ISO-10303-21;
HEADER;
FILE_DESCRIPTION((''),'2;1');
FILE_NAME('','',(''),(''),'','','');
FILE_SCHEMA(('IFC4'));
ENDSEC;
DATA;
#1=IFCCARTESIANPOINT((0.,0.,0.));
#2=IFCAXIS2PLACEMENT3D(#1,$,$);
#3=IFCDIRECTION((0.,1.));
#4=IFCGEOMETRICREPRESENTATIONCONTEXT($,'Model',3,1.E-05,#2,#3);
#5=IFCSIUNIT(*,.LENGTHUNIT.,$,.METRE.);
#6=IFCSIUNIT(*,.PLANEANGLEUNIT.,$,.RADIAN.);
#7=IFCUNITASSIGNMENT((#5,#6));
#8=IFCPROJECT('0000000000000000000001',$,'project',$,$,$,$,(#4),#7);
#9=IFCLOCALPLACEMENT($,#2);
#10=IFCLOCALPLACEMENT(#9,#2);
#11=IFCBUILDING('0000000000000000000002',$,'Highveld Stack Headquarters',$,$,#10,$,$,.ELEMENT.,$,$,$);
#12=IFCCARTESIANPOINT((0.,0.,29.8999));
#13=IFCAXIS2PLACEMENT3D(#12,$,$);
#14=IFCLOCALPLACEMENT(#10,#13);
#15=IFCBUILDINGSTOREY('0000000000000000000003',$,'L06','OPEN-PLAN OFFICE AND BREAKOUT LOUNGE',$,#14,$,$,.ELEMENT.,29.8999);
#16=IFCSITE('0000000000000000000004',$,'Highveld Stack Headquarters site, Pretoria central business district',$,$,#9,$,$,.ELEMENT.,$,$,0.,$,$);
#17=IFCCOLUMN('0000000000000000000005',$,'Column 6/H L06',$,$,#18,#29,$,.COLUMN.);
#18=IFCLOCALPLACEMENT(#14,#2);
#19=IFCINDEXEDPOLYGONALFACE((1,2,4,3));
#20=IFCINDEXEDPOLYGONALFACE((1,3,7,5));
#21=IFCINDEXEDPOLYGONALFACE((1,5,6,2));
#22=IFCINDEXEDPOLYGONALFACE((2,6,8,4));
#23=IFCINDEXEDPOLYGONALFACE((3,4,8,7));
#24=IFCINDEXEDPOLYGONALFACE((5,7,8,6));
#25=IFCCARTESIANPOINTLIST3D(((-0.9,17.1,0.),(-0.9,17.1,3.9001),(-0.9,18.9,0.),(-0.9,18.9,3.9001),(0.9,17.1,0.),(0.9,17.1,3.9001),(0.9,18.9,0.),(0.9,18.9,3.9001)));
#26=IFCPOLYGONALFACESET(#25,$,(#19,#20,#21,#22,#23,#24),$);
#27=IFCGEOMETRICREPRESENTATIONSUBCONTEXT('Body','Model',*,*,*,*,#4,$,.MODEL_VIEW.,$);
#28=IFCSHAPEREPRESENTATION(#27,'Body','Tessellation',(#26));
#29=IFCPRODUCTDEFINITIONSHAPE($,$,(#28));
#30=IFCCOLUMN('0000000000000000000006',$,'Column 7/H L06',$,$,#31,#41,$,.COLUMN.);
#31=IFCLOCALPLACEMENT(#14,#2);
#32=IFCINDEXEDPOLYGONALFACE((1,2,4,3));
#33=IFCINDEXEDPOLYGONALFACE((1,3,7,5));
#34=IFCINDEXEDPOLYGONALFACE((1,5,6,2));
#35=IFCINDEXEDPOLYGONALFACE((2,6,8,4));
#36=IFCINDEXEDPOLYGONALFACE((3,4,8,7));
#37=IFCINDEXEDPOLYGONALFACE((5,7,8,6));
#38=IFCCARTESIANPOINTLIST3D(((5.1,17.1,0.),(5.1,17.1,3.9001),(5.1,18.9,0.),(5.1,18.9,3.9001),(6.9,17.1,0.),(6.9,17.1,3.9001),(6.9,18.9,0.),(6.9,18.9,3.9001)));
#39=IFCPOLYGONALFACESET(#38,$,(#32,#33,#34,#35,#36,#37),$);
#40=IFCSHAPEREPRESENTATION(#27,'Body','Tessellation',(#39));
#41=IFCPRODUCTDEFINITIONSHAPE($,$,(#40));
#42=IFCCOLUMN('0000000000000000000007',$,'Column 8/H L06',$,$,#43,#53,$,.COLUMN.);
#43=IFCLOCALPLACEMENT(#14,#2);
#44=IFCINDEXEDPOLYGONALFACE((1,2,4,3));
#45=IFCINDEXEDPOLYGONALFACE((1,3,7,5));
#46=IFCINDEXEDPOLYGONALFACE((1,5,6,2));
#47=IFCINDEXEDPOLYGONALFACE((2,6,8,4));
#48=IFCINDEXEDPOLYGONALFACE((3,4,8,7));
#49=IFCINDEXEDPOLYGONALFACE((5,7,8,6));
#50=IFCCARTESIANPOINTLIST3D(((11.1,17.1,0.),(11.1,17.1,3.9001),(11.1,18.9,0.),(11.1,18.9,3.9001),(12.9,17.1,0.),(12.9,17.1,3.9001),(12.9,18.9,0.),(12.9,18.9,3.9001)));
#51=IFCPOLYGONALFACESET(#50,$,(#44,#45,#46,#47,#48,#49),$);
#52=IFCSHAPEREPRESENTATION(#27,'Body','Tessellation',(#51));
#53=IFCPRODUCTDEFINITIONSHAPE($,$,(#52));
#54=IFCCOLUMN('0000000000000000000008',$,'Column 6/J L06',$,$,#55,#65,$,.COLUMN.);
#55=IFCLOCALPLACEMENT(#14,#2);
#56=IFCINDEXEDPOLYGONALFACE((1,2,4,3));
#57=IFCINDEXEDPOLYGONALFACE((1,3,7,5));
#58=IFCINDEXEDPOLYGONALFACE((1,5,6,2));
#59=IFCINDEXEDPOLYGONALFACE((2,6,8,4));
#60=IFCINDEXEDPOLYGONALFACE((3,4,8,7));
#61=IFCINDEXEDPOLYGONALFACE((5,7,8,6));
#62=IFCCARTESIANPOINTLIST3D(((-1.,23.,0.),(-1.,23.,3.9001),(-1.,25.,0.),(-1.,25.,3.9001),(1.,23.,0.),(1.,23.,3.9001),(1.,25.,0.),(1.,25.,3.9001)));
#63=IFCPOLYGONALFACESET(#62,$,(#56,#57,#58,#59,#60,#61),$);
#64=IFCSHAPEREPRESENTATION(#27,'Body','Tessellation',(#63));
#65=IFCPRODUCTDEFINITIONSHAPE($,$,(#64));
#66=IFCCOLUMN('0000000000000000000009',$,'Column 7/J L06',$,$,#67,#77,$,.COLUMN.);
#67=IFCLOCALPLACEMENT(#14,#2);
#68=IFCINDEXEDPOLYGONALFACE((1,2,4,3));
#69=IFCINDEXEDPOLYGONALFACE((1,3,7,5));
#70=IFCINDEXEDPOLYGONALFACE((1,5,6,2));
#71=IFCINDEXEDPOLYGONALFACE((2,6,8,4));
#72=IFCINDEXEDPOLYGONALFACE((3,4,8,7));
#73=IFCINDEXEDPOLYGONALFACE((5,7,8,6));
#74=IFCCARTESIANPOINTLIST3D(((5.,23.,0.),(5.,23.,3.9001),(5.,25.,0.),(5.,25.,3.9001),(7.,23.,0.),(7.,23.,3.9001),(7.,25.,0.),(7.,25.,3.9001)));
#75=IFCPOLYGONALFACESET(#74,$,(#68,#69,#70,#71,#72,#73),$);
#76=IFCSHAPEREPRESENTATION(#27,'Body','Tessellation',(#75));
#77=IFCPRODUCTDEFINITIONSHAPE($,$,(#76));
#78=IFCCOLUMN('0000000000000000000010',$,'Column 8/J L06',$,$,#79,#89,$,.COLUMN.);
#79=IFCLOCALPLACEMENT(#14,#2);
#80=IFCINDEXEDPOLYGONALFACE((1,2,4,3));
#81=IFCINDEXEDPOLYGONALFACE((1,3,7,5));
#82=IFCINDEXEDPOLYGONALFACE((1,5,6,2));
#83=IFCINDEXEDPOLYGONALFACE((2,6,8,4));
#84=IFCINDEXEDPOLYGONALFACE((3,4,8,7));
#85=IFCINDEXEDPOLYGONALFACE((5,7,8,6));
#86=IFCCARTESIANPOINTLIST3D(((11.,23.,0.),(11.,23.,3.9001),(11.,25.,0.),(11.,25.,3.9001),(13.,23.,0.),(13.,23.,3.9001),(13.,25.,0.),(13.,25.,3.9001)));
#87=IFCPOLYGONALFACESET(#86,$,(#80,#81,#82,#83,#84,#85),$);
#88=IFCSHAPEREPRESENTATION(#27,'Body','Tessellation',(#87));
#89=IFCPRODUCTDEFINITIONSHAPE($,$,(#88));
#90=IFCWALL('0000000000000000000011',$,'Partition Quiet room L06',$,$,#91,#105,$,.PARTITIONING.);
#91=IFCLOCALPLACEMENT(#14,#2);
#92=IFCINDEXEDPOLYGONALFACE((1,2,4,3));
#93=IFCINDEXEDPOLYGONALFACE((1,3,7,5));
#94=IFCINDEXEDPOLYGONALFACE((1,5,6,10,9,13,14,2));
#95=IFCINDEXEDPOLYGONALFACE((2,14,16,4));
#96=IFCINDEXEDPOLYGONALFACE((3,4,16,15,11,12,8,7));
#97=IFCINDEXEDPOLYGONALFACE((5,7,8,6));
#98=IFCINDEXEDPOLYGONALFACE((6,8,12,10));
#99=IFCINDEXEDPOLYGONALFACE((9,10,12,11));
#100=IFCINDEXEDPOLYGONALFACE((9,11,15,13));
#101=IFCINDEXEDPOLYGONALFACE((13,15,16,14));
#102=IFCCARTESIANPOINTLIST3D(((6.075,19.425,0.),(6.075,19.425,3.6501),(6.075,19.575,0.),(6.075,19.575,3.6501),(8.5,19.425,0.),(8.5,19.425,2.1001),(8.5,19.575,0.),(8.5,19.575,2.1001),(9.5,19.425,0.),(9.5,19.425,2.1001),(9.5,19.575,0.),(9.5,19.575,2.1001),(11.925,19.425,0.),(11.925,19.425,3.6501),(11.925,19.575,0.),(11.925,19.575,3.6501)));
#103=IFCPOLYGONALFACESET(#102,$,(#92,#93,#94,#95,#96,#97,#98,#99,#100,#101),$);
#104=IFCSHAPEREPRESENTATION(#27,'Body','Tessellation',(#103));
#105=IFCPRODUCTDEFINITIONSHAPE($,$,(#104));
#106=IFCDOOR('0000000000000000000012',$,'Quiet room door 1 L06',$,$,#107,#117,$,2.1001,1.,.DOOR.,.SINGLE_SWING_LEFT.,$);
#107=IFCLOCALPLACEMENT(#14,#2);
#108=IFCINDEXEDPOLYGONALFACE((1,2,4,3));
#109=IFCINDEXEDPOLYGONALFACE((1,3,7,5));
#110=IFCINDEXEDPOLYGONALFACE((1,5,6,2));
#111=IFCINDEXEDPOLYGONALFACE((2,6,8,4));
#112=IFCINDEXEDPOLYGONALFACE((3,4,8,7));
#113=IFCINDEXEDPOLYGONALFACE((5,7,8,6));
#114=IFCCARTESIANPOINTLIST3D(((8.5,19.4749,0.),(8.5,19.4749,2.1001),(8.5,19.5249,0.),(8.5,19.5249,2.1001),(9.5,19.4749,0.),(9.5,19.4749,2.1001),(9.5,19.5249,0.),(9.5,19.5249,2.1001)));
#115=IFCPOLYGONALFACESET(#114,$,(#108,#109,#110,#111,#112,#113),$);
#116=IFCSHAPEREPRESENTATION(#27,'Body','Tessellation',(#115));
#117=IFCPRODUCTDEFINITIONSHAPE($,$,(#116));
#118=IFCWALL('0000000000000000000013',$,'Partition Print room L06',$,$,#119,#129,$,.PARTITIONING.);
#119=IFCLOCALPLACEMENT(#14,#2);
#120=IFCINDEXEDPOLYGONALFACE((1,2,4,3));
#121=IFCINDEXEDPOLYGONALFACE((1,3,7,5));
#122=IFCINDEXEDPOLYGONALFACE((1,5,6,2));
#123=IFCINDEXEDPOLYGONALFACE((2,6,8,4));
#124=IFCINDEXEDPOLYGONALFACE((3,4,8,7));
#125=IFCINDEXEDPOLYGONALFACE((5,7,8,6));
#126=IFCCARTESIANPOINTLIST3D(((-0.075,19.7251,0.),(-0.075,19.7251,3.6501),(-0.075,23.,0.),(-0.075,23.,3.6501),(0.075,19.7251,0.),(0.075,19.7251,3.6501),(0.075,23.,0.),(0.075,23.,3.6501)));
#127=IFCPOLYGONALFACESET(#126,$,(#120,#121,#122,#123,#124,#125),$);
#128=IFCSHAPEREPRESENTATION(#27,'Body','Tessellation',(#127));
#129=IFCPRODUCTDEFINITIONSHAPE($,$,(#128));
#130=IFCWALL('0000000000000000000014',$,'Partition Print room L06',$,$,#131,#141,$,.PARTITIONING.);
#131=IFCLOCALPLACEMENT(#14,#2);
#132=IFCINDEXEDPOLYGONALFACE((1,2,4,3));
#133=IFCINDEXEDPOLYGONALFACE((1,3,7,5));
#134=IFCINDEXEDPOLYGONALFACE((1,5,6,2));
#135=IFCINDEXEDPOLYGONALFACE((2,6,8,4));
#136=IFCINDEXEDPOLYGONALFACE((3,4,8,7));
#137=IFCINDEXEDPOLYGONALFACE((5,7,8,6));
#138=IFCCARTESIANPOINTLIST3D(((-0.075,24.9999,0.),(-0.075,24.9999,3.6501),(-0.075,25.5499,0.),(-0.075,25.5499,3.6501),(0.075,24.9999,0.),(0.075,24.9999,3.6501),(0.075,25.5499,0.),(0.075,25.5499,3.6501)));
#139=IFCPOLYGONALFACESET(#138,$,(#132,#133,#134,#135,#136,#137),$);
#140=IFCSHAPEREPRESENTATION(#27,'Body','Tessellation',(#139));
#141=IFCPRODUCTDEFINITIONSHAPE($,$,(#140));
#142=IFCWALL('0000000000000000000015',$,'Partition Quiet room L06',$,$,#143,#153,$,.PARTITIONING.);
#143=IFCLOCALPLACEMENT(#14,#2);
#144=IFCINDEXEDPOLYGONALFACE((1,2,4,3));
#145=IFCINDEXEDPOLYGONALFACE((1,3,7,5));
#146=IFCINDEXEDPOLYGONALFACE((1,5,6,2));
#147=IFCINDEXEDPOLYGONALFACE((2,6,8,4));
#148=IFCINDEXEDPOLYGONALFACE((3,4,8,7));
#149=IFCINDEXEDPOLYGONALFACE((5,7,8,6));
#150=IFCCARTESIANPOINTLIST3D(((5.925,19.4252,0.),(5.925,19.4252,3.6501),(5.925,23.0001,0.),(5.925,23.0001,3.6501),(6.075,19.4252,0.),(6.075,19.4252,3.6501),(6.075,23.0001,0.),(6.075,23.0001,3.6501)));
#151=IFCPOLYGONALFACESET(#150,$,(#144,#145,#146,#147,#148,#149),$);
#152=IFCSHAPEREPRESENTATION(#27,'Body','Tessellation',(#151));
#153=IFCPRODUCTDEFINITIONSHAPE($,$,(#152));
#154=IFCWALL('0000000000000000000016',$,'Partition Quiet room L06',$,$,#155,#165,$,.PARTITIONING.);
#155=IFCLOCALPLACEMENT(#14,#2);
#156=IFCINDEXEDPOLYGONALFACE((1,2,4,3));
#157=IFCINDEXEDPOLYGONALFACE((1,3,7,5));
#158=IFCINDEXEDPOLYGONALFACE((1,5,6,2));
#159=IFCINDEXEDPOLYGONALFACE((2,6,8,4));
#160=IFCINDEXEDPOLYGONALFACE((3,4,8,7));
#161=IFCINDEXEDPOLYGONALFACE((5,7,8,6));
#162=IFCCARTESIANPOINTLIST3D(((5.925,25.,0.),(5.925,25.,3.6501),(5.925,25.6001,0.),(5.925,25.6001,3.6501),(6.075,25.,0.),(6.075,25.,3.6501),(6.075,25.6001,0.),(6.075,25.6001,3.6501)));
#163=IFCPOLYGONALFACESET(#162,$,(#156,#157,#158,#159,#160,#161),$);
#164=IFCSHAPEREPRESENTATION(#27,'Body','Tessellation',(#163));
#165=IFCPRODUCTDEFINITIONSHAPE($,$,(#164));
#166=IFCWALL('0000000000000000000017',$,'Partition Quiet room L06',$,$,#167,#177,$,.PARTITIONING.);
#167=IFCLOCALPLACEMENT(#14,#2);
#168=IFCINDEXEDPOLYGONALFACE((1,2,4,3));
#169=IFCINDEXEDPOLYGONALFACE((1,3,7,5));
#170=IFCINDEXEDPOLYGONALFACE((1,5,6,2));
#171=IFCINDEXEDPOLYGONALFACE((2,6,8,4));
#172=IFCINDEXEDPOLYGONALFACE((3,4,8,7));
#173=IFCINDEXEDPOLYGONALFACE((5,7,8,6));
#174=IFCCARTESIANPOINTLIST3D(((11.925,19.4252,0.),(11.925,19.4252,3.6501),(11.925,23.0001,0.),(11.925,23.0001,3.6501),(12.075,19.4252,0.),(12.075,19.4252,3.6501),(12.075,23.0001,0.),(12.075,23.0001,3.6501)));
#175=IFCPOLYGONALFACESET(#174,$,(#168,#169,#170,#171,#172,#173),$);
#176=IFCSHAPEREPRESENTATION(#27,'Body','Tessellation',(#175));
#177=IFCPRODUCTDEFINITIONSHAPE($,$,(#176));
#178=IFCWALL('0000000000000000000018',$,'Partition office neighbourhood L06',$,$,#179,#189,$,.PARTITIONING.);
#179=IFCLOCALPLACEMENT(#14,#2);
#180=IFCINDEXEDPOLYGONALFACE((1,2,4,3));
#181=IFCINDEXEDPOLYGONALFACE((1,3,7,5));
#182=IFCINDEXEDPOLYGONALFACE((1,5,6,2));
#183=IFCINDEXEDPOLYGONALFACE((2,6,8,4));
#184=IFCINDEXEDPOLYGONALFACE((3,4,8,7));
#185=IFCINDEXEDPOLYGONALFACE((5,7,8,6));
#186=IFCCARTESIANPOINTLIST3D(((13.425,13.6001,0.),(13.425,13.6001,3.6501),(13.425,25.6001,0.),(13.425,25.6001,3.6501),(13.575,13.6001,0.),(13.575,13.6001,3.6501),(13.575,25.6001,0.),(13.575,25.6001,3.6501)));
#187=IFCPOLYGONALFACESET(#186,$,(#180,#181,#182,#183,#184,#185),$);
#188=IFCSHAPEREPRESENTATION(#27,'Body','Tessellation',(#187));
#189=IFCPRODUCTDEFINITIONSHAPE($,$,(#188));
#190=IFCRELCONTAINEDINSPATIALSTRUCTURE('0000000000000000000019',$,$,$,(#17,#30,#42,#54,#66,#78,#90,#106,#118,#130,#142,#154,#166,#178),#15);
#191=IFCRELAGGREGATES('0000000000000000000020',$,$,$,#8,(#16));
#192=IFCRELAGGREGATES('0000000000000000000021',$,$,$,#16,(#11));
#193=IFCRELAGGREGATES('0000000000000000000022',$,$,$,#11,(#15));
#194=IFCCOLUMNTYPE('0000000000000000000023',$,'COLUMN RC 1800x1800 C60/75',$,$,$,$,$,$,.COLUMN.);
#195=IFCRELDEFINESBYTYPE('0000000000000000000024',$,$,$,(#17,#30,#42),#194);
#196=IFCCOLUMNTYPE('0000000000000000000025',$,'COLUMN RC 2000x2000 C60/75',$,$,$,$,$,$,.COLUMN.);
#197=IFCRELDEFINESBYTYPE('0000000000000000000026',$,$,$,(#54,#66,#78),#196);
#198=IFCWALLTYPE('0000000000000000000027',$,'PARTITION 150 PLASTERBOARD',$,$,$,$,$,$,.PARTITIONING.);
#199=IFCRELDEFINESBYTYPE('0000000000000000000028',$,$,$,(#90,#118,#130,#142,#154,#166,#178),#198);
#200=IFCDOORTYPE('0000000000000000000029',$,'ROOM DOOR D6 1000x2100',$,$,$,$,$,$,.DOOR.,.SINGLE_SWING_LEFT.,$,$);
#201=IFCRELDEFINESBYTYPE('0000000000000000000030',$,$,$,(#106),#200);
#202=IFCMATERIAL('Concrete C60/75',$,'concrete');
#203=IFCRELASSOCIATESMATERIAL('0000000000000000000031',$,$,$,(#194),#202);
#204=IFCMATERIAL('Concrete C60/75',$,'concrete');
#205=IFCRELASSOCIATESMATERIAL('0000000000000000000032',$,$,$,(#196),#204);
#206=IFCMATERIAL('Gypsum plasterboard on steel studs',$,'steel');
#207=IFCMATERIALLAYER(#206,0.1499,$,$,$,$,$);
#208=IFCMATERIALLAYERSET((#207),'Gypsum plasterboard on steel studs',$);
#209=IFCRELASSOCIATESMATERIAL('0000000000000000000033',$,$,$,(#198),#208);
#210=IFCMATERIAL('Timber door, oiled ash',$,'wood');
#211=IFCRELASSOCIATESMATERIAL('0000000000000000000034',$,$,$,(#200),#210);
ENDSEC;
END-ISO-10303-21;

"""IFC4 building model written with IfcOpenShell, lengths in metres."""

from ifc_helpers import new_model, si_unit, direction, frame, frame_2d, origin, origin_2d, place, context, subcontext, project, spatial, rectangle, extrude, material, layer, layer_set, material_profile, profile_set, type_object, element, fill, save


model = new_model("IFC4")

# Units and contexts
model_context = context("Model", 3, precision=1e-05, world=origin(), true_north=direction((0.0, 1.0)))
body_context = subcontext(model_context, "Body", "Model", "MODEL_VIEW")
ifc_project = project(units=[si_unit("LENGTHUNIT", "METRE"), si_unit("PLANEANGLEUNIT", "RADIAN")], contexts=[model_context])

# Site, building, storey
site_placement = place(None, origin())
site = spatial("IfcSite", under=ifc_project, at=site_placement, Name="Highveld Stack Headquarters site, Pretoria central business district", CompositionType="ELEMENT", RefElevation=0.0)
building_placement = place(site_placement, origin())
building = spatial("IfcBuilding", under=site, at=building_placement, Name="Highveld Stack Headquarters", CompositionType="ELEMENT")
storey_placement = place(building_placement, frame((0.0, 0.0, 29.8999)))
storey = spatial("IfcBuildingStorey", under=building, at=storey_placement, Name="L06", Description="OPEN-PLAN OFFICE AND BREAKOUT LOUNGE", CompositionType="ELEMENT", Elevation=29.8999)

# Columns
ifc_material_1 = material(Name="Concrete C60/75", Category="concrete")
ifc_material_profile_1 = material_profile(ifc_material_1, rectangle(XDim=1.8, YDim=1.8, at=origin_2d()), Name="RC 1800x1800")
ifc_profile_set_1 = profile_set([ifc_material_profile_1], Name="Concrete C60/75")
column_type_1 = type_object("IfcColumnType", Name="COLUMN RC 1800x1800 C60/75", PredefinedType="COLUMN", material=ifc_profile_set_1)
for number, where, z_axis, x_axis, name in (
    (1, (0.0, 18.0, 0.0), (0.0, 0.0, 1.0), (1.0, 0.0, 0.0), "Column 6/H L06"),
    (2, (6.0, 18.0, 0.0), (0.0, 0.0, 1.0), (1.0, 0.0, 0.0), "Column 7/H L06"),
    (3, (12.0, 18.0, 0.0), (0.0, 0.0, 1.0), (1.0, 0.0, 0.0), "Column 8/H L06"),
):
    element("IfcColumn", number, at=place(storey_placement, frame(where, z_axis=z_axis, x_axis=x_axis)), inside=storey, type_object=column_type_1, Name=name, PredefinedType="COLUMN", context=body_context, shape_type="SweptSolid", body=[
        extrude(rectangle(XDim=1.8, YDim=1.8, at=origin_2d()), origin(), (0.0, 0.0, 1.0), 3.9001),
    ])
ifc_material_2 = material(Name="Concrete C60/75", Category="concrete")
ifc_material_profile_2 = material_profile(ifc_material_2, rectangle(XDim=2.0, YDim=2.0, at=origin_2d()), Name="RC 2000x2000")
ifc_profile_set_2 = profile_set([ifc_material_profile_2], Name="Concrete C60/75")
column_type_2 = type_object("IfcColumnType", Name="COLUMN RC 2000x2000 C60/75", PredefinedType="COLUMN", material=ifc_profile_set_2)
for number, where, z_axis, x_axis, name in (
    (4, (0.0, 24.0, 0.0), (0.0, 0.0, 1.0), (1.0, 0.0, 0.0), "Column 6/J L06"),
    (5, (6.0, 24.0, 0.0), (0.0, 0.0, 1.0), (1.0, 0.0, 0.0), "Column 7/J L06"),
    (6, (12.0, 24.0, 0.0), (0.0, 0.0, 1.0), (1.0, 0.0, 0.0), "Column 8/J L06"),
):
    element("IfcColumn", number, at=place(storey_placement, frame(where, z_axis=z_axis, x_axis=x_axis)), inside=storey, type_object=column_type_2, Name=name, PredefinedType="COLUMN", context=body_context, shape_type="SweptSolid", body=[
        extrude(rectangle(XDim=2.0, YDim=2.0, at=origin_2d()), origin(), (0.0, 0.0, 1.0), 3.9001),
    ])

# Wall, opening, door
ifc_material_3 = material(Name="Gypsum plasterboard on steel studs", Category="steel")
ifc_layer = layer(ifc_material_3, 0.1499)
ifc_layer_set = layer_set([ifc_layer], Name="Gypsum plasterboard on steel studs")
wall_type = type_object("IfcWallType", Name="PARTITION 150 PLASTERBOARD", PredefinedType="PARTITIONING", material=ifc_layer_set)
wall_1_placement = place(storey_placement, frame((6.075, 19.5, 0.0), z_axis=(0.0, 0.0, 1.0), x_axis=(1.0, 0.0, 0.0)))
wall_1 = element("IfcWall", 7, at=wall_1_placement, inside=storey, type_object=wall_type, Name="Partition Quiet room L06", PredefinedType="PARTITIONING", context=body_context, shape_type="SweptSolid", body=[
    extrude(rectangle(XDim=5.8501, YDim=0.1499, at=frame_2d((2.925, 0.0))), origin(), (0.0, 0.0, 1.0), 3.6501),
])
opening_placement = place(wall_1_placement, frame((2.425, 0.0, 0.0)))
opening = element("IfcOpeningElement", 8, at=opening_placement, cuts=wall_1, PredefinedType="OPENING", context=body_context, shape_type="SweptSolid", body=[
    extrude(rectangle(XDim=1.0, YDim=2.1001, at=frame_2d((0.5, 1.05))), frame((0.0, 0.085, 0.0), z_axis=(0.0, -1.0, 0.0), x_axis=(1.0, 0.0, 0.0)), (0.0, 0.0, 1.0), 0.1699),
])
ifc_material_4 = material(Name="Timber door, oiled ash", Category="wood")
door_type = type_object("IfcDoorType", Name="ROOM DOOR D6 1000x2100", OperationType="SINGLE_SWING_LEFT", PredefinedType="DOOR", material=ifc_material_4)
door_placement = place(opening_placement, origin())
door = element("IfcDoor", 9, at=door_placement, inside=storey, type_object=door_type, Name="Quiet room door 1 L06", OperationType="SINGLE_SWING_LEFT", OverallHeight=2.1001, OverallWidth=1.0, PredefinedType="DOOR", context=body_context, shape_type="SweptSolid", body=[
    extrude(rectangle(XDim=1.0, YDim=2.1001, at=frame_2d((0.5, 1.05))), frame((0.0, 0.0249, 0.0), z_axis=(0.0, -1.0, 0.0), x_axis=(1.0, 0.0, 0.0)), (0.0, 0.0, 1.0), 0.05),
])
fill(opening, door)

# Walls
wall_2_placement = place(storey_placement, frame((0.0, 19.7251, 0.0), z_axis=(0.0, 0.0, 1.0), x_axis=(0.0, 1.0, 0.0)))
element("IfcWall", 10, at=wall_2_placement, inside=storey, type_object=wall_type, Name="Partition Print room L06", PredefinedType="PARTITIONING", context=body_context, shape_type="SweptSolid", body=[
    extrude(rectangle(XDim=3.2749, YDim=0.1499, at=frame_2d((1.6375, 0.0))), origin(), (0.0, 0.0, 1.0), 3.6501),
])
wall_3_placement = place(storey_placement, frame((0.0, 25.0, 0.0), z_axis=(0.0, 0.0, 1.0), x_axis=(0.0, 1.0, 0.0)))
element("IfcWall", 11, at=wall_3_placement, inside=storey, type_object=wall_type, Name="Partition Print room L06", PredefinedType="PARTITIONING", context=body_context, shape_type="SweptSolid", body=[
    extrude(rectangle(XDim=0.55, YDim=0.1499, at=frame_2d((0.2749, 0.0))), origin(), (0.0, 0.0, 1.0), 3.6501),
])
wall_4_placement = place(storey_placement, frame((6.0, 19.425, 0.0), z_axis=(0.0, 0.0, 1.0), x_axis=(0.0, 1.0, 0.0)))
element("IfcWall", 12, at=wall_4_placement, inside=storey, type_object=wall_type, Name="Partition Quiet room L06", PredefinedType="PARTITIONING", context=body_context, shape_type="SweptSolid", body=[
    extrude(rectangle(XDim=3.575, YDim=0.1499, at=frame_2d((1.7876, 0.0))), origin(), (0.0, 0.0, 1.0), 3.6501),
])
wall_5_placement = place(storey_placement, frame((6.0, 25.0, 0.0), z_axis=(0.0, 0.0, 1.0), x_axis=(0.0, 1.0, 0.0)))
element("IfcWall", 13, at=wall_5_placement, inside=storey, type_object=wall_type, Name="Partition Quiet room L06", PredefinedType="PARTITIONING", context=body_context, shape_type="SweptSolid", body=[
    extrude(rectangle(XDim=0.6001, YDim=0.1499, at=frame_2d((0.3, 0.0))), origin(), (0.0, 0.0, 1.0), 3.6501),
])
wall_6_placement = place(storey_placement, frame((12.0, 19.425, 0.0), z_axis=(0.0, 0.0, 1.0), x_axis=(0.0, 1.0, 0.0)))
element("IfcWall", 14, at=wall_6_placement, inside=storey, type_object=wall_type, Name="Partition Quiet room L06", PredefinedType="PARTITIONING", context=body_context, shape_type="SweptSolid", body=[
    extrude(rectangle(XDim=3.575, YDim=0.1499, at=frame_2d((1.7876, 0.0))), origin(), (0.0, 0.0, 1.0), 3.6501),
])
wall_7_placement = place(storey_placement, frame((13.5, 13.6001, 0.0), z_axis=(0.0, 0.0, 1.0), x_axis=(0.0, 1.0, 0.0)))
element("IfcWall", 15, at=wall_7_placement, inside=storey, type_object=wall_type, Name="Partition office neighbourhood L06", PredefinedType="PARTITIONING", context=body_context, shape_type="SweptSolid", body=[
    extrude(rectangle(XDim=12.0, YDim=0.1499, at=frame_2d((6.0, 0.0))), origin(), (0.0, 0.0, 1.0), 3.6501),
])

save(model, "model.ifc")
